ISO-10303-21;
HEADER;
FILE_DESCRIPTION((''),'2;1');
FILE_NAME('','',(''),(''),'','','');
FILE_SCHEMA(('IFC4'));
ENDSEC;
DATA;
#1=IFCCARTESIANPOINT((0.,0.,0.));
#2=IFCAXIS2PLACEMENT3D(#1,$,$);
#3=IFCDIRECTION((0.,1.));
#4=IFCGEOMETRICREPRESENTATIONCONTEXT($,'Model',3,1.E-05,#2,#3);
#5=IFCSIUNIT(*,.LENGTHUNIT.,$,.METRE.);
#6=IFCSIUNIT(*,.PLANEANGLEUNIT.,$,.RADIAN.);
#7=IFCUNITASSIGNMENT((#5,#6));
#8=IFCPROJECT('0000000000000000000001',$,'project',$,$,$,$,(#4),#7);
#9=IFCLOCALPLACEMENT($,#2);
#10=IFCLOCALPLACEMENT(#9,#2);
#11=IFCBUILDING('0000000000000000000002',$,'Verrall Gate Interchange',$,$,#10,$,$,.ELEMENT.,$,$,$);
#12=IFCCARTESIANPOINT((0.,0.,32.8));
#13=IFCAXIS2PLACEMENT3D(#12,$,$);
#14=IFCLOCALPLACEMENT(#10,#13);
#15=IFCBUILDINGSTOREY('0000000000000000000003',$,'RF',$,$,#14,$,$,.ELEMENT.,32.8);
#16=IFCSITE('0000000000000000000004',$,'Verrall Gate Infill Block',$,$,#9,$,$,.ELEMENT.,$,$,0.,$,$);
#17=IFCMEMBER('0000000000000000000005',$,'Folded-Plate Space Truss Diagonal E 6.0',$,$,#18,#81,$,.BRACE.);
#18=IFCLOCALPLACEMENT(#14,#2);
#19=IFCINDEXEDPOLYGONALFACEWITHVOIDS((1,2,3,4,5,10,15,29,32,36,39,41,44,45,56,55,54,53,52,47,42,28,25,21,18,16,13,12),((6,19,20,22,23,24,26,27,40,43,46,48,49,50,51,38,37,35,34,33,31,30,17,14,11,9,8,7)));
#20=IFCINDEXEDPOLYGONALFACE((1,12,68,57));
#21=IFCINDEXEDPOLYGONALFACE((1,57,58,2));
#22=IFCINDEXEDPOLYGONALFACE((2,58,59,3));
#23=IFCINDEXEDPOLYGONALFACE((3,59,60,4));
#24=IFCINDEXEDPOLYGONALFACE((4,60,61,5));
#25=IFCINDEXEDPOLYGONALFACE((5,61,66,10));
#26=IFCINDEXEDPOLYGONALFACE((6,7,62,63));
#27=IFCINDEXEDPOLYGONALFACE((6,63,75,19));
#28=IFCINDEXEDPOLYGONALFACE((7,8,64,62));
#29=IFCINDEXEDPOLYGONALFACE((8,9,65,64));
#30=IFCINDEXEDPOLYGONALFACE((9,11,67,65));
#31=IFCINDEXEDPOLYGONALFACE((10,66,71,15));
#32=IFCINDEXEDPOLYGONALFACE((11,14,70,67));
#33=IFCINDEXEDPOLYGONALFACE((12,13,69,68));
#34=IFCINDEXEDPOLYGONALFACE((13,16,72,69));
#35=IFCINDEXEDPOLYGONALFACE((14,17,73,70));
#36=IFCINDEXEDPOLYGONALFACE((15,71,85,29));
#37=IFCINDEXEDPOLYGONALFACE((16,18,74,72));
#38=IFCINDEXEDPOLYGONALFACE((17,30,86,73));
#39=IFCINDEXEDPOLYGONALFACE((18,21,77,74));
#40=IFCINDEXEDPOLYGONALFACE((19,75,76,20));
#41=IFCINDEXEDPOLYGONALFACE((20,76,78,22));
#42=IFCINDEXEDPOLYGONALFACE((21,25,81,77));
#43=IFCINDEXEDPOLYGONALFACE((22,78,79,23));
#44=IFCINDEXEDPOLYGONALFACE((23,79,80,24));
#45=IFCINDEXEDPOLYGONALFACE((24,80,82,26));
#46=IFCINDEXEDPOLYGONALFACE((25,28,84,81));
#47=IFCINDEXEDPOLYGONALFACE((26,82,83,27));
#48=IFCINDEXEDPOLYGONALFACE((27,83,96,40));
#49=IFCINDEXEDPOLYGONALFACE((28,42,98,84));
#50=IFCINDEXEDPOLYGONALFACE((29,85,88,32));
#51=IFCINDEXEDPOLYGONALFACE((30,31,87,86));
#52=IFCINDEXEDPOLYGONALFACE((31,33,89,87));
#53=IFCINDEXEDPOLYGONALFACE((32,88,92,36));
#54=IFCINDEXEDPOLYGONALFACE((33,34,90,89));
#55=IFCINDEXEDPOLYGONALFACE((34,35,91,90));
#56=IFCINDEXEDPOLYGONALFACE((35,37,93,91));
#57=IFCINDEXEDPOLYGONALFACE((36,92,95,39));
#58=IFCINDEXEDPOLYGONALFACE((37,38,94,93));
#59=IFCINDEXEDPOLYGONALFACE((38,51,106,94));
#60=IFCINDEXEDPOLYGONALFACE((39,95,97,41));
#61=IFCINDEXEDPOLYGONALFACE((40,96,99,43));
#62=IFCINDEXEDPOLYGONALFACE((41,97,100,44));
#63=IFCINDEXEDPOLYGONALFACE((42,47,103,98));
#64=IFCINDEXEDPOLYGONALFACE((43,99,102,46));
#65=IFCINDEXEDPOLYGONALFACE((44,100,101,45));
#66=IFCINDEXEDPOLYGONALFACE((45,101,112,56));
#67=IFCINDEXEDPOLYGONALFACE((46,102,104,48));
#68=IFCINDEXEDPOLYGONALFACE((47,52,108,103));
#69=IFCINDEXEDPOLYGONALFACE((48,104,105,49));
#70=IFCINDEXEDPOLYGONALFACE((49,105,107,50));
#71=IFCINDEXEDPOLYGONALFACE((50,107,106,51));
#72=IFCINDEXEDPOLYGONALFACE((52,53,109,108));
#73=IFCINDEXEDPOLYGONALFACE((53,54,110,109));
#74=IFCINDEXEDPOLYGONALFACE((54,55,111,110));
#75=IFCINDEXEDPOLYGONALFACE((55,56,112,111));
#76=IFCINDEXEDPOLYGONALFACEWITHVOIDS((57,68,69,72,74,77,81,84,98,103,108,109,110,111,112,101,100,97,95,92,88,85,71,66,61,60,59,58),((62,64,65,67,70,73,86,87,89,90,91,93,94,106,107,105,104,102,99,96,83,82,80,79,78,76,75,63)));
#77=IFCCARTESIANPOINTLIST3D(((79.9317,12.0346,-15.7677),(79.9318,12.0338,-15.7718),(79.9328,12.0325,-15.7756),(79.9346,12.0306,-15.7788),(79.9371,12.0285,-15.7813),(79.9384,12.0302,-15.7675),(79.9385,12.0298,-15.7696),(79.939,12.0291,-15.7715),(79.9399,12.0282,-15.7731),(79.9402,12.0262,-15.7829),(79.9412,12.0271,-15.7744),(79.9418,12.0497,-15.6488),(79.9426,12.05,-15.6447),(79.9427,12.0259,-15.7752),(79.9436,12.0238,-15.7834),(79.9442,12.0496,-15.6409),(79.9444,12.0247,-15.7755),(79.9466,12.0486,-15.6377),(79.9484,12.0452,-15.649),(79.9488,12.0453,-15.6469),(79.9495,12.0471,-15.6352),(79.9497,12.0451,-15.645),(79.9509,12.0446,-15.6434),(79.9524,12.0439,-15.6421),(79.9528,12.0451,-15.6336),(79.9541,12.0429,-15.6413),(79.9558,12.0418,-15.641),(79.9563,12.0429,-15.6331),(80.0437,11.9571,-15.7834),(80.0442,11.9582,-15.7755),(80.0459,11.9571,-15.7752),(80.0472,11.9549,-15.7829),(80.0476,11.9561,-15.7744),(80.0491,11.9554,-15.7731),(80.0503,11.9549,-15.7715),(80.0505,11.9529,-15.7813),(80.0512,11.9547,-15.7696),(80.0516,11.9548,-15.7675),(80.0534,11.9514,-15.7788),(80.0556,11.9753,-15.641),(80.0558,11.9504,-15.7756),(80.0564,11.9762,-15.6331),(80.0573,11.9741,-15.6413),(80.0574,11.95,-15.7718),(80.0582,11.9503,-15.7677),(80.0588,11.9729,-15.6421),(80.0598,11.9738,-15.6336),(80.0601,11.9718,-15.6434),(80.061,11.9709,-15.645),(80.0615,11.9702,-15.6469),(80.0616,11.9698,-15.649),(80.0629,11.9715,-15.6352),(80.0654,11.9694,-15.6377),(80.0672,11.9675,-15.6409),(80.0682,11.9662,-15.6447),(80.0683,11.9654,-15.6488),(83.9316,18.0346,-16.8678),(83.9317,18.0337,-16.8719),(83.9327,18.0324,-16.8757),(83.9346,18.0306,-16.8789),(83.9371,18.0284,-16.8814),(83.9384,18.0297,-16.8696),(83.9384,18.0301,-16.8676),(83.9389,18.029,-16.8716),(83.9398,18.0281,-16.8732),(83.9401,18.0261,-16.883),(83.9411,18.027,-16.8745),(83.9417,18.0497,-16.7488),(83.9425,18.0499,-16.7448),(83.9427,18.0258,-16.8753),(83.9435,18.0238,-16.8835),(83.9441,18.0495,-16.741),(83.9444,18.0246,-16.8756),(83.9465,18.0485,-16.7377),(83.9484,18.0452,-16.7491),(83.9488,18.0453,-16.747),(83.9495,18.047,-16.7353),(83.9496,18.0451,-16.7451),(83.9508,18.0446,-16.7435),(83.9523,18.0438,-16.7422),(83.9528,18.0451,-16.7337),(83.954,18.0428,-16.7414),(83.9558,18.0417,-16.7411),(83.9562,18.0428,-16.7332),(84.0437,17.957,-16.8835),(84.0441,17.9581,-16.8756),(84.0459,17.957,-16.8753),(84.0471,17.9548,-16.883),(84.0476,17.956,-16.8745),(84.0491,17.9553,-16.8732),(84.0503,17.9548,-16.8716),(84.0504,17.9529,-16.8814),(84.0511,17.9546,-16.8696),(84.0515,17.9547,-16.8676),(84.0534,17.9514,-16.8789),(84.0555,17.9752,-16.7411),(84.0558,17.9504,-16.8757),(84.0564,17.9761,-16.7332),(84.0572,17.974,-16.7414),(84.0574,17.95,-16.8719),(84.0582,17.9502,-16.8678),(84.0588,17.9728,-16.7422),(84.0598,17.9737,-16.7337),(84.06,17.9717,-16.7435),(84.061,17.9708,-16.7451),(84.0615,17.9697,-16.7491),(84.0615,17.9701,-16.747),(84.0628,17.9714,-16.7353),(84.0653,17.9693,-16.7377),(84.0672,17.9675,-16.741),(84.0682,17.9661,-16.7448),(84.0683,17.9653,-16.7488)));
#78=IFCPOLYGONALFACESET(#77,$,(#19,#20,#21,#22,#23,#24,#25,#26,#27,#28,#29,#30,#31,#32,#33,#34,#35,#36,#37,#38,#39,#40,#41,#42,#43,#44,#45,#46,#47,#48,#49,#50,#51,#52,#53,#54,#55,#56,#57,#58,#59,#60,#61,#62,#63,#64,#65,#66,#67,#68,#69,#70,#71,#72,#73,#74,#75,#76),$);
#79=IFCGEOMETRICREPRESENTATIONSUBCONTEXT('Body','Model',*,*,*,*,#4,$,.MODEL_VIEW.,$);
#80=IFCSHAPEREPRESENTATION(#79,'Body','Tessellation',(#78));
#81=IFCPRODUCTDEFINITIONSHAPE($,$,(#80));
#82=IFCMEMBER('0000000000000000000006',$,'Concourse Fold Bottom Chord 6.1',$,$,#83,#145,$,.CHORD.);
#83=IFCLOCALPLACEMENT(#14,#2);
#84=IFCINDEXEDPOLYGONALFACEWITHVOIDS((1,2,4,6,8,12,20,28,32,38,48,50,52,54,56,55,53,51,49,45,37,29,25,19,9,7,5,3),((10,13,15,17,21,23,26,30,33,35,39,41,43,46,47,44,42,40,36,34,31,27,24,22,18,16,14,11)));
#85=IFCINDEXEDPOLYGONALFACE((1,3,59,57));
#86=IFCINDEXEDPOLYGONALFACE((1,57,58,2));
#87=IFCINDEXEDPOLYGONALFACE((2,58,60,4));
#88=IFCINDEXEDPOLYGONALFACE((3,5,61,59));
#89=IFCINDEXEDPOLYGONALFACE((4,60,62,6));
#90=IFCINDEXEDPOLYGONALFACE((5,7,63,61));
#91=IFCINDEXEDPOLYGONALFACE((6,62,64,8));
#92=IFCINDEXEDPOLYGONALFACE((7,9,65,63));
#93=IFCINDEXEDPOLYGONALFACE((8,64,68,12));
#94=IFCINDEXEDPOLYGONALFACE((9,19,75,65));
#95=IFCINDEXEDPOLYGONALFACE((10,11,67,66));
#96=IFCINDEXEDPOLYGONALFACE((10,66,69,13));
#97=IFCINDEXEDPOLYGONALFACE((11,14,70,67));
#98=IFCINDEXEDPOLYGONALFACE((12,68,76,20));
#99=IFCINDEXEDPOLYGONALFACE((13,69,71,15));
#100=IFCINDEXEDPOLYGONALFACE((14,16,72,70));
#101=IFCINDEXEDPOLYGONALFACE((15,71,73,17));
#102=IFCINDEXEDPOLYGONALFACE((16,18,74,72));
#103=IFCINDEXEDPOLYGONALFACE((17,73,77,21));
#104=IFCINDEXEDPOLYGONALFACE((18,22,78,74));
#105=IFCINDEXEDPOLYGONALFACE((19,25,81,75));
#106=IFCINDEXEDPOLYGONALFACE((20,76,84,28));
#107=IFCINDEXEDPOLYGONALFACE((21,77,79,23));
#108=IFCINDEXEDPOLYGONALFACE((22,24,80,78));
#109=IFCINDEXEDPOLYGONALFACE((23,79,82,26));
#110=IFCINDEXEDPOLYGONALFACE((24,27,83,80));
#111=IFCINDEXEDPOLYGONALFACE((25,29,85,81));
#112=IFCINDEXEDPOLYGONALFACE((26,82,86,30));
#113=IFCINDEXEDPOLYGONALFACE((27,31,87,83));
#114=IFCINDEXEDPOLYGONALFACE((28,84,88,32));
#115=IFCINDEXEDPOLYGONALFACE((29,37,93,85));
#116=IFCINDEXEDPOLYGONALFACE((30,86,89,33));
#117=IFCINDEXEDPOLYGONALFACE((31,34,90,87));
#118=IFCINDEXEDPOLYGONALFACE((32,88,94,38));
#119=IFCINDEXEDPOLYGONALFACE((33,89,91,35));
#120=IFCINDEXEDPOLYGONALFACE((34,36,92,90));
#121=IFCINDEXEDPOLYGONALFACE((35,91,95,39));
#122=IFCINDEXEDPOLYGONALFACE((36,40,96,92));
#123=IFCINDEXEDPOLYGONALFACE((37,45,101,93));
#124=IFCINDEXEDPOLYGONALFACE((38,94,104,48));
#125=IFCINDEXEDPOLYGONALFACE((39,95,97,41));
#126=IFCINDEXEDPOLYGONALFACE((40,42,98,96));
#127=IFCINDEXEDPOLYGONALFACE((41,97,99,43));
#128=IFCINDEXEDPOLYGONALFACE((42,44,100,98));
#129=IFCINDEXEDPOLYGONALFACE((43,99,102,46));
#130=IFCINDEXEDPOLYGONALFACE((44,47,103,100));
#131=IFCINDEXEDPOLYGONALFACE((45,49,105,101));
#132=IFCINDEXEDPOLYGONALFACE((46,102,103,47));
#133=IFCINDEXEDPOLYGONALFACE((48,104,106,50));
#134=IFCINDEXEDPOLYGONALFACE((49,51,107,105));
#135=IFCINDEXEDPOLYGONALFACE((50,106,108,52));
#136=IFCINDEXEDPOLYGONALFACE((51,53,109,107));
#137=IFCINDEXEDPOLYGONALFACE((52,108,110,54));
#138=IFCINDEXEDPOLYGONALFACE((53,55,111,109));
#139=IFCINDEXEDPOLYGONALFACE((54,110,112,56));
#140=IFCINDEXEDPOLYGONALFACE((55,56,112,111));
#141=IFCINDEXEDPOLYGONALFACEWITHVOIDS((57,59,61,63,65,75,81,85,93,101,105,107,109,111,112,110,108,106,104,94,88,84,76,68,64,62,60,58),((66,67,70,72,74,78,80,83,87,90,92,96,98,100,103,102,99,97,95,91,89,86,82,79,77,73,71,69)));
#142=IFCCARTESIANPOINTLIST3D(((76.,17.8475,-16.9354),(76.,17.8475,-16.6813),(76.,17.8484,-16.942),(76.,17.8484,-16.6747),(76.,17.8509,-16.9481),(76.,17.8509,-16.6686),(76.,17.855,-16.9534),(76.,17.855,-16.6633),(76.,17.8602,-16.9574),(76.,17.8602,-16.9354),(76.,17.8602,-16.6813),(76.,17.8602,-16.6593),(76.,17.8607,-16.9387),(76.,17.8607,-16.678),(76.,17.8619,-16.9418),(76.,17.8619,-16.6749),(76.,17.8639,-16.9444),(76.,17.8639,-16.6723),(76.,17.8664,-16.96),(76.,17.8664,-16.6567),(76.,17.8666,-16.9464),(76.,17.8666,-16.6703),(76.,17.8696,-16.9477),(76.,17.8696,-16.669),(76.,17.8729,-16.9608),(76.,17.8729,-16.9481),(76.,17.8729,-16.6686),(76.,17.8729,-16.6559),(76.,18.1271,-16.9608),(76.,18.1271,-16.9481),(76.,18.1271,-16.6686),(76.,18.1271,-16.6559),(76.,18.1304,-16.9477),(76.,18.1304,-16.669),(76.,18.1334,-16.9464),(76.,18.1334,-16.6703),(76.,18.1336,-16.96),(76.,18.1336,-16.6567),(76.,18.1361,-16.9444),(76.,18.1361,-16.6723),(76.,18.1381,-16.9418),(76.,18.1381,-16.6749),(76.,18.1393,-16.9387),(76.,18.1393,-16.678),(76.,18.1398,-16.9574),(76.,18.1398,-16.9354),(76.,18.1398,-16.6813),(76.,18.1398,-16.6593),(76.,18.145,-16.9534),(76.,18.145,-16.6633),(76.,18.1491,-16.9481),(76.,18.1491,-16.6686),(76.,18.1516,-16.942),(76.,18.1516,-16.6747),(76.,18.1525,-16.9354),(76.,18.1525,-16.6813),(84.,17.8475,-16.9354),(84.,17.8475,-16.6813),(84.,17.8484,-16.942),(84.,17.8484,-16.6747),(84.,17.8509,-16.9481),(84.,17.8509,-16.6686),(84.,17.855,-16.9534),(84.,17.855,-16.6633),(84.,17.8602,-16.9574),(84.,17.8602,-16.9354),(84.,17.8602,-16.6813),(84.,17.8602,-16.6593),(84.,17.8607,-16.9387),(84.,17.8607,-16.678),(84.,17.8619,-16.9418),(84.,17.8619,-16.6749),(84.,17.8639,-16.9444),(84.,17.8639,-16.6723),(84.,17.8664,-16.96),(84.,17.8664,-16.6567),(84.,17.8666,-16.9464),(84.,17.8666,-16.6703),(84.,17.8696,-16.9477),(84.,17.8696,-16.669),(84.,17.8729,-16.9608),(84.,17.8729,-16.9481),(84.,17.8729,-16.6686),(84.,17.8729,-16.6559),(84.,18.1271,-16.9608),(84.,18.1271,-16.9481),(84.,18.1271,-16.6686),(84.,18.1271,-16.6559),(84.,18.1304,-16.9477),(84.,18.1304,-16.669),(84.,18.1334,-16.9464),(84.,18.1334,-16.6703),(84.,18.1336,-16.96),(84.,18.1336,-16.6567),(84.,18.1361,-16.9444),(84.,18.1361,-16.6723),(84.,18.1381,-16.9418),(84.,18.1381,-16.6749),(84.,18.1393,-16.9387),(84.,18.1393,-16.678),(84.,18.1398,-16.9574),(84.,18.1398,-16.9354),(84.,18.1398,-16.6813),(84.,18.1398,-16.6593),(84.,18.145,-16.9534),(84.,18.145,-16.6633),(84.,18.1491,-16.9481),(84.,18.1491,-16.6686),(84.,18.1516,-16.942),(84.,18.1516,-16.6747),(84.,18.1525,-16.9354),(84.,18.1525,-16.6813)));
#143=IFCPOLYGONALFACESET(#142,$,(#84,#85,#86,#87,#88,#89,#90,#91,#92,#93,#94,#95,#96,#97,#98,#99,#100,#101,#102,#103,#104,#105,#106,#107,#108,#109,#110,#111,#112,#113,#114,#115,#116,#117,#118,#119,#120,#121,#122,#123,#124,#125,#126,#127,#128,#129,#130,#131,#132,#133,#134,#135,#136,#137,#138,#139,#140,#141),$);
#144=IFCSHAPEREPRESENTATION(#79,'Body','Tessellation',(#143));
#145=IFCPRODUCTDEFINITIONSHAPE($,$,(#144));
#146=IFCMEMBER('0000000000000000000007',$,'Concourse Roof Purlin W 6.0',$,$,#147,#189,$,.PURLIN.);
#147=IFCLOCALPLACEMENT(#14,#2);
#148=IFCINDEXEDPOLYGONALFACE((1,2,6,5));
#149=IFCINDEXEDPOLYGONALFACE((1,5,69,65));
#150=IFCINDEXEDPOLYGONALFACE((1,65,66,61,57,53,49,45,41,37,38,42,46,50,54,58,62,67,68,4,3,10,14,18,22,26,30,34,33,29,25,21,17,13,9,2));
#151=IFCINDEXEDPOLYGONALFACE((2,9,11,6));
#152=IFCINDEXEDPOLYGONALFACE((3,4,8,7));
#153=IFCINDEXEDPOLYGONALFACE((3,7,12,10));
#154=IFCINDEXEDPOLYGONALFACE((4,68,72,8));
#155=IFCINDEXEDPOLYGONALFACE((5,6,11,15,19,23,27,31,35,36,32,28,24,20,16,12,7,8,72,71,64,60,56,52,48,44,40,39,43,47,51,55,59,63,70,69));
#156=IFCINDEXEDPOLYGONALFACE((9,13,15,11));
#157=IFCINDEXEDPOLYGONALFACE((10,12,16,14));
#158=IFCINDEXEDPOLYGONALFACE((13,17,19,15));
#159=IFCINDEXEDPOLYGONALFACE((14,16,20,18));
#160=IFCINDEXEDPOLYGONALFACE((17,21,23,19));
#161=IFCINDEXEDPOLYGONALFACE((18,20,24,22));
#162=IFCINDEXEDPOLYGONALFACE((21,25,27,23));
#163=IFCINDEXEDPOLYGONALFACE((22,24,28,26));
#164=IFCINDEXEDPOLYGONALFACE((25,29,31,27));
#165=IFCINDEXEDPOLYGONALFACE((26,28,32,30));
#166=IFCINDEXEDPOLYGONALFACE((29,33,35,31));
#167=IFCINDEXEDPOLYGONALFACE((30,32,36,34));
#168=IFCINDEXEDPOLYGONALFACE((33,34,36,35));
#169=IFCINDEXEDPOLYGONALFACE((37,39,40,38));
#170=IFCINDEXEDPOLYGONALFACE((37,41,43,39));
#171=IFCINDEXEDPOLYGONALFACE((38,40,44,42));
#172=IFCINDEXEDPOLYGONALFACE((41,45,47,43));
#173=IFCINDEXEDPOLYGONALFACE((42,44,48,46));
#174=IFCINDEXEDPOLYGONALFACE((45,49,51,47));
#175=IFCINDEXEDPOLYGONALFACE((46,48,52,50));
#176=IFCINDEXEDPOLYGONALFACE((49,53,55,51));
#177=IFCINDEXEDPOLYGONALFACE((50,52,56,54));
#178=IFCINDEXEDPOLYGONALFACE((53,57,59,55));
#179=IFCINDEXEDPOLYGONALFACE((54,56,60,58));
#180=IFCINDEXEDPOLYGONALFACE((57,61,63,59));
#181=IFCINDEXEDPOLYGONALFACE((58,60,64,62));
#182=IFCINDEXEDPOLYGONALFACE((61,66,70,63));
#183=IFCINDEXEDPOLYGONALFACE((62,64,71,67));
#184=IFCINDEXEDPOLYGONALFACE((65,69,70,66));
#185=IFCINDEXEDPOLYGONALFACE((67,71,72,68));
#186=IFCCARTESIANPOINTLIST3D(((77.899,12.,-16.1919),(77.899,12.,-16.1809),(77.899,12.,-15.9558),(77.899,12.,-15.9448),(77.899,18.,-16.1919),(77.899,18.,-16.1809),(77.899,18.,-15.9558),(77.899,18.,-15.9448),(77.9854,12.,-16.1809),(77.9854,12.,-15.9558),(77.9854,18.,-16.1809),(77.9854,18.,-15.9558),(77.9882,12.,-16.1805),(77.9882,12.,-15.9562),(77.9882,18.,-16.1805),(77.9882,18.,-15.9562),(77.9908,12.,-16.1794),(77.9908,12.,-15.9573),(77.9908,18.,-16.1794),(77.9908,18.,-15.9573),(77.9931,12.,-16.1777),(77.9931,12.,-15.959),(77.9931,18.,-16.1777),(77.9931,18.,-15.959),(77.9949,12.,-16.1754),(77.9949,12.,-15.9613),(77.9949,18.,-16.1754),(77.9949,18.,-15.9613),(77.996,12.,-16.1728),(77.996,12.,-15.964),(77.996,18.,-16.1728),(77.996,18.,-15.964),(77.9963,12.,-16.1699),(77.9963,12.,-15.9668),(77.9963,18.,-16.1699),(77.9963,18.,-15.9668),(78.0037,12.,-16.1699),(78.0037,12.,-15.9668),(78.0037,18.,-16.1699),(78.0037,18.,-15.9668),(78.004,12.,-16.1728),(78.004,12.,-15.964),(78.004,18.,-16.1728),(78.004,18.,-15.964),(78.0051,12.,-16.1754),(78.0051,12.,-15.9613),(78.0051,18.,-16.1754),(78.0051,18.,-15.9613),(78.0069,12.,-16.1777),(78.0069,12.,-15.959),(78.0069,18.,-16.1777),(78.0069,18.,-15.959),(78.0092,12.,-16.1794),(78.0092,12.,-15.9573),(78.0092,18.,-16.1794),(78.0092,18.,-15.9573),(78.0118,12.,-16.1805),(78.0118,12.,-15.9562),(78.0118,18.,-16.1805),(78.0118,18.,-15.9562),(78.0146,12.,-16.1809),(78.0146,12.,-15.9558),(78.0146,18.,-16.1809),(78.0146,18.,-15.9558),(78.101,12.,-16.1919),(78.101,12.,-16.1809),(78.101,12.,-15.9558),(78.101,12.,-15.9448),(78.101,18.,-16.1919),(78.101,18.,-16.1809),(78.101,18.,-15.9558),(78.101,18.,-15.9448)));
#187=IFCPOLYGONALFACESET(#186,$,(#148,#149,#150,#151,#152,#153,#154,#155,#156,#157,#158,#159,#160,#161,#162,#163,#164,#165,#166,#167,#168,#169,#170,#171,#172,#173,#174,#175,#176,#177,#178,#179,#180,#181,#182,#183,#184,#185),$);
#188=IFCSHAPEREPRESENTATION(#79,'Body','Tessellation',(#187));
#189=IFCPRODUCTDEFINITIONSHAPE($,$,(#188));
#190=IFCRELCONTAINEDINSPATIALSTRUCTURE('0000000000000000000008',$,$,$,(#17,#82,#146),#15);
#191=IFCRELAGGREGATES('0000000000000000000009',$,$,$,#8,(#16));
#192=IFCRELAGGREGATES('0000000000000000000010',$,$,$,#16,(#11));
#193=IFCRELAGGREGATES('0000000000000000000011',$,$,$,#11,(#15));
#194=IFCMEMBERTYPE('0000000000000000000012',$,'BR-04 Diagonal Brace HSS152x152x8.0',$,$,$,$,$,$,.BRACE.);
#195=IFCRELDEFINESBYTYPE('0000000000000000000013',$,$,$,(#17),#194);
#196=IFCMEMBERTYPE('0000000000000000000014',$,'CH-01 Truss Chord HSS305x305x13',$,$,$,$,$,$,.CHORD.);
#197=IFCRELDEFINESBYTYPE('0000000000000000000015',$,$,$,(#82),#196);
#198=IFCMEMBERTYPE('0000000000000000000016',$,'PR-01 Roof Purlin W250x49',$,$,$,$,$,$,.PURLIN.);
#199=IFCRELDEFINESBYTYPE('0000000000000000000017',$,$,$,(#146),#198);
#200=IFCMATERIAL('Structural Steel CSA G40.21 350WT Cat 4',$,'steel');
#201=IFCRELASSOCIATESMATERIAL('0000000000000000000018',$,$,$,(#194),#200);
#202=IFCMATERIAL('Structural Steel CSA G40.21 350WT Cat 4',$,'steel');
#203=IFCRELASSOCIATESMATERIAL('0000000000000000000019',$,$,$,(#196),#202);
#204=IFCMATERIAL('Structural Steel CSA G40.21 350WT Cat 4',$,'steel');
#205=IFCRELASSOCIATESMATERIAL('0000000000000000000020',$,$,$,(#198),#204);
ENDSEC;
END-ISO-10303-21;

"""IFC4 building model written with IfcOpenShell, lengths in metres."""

from ifc_helpers import new_model, si_unit, direction, frame, origin, origin_2d, place, context, subcontext, project, spatial, hollow_rectangle, i_section, extrude, material, material_profile, profile_set, type_object, element, save


model = new_model("IFC4")

# Units and contexts
model_context = context("Model", 3, precision=1e-05, world=origin(), true_north=direction((0.0, 1.0)))
body_context = subcontext(model_context, "Body", "Model", "MODEL_VIEW")
ifc_project = project(units=[si_unit("LENGTHUNIT", "METRE"), si_unit("PLANEANGLEUNIT", "RADIAN")], contexts=[model_context])

# Site, building, storey
site_placement = place(None, origin())
site = spatial("IfcSite", under=ifc_project, at=site_placement, Name="Verrall Gate Infill Block", CompositionType="ELEMENT", RefElevation=0.0)
building_placement = place(site_placement, origin())
building = spatial("IfcBuilding", under=site, at=building_placement, Name="Verrall Gate Interchange", CompositionType="ELEMENT")
storey_placement = place(building_placement, frame((0.0, 0.0, 32.8)))
storey = spatial("IfcBuildingStorey", under=building, at=storey_placement, Name="RF", CompositionType="ELEMENT", Elevation=32.8)

# Members
ifc_material_1 = material(Name="Structural Steel CSA G40.21 350WT Cat 4", Category="steel")
ifc_material_profile_1 = material_profile(ifc_material_1, hollow_rectangle(XDim=0.1521, YDim=0.1521, WallThickness=0.0081, InnerFilletRadius=0.0081, OuterFilletRadius=0.0159, at=origin_2d()), Name="HSS152x152x8.0")
ifc_profile_set_1 = profile_set([ifc_material_profile_1], Name="Structural Steel CSA G40.21 350WT Cat 4")
member_type_1 = type_object("IfcMemberType", Name="BR-04 Diagonal Brace HSS152x152x8.0", PredefinedType="BRACE", material=ifc_profile_set_1)
member_1_placement = place(storey_placement, frame((80.0, 12.0, -15.7083), z_axis=(0.548356, 0.822534, -0.150811), x_axis=(-0.83205, 0.5547, 0.0)))
element("IfcMember", 1, at=member_1_placement, inside=storey, type_object=member_type_1, Name="Folded-Plate Space Truss Diagonal E 6.0", PredefinedType="BRACE", context=body_context, shape_type="SweptSolid", body=[
    extrude(hollow_rectangle(XDim=0.1521, YDim=0.1521, WallThickness=0.0081, InnerFilletRadius=0.0081, OuterFilletRadius=0.0159, at=origin_2d()), origin(), (0.0, 0.0, 1.0), 7.2944),
])
ifc_material_2 = material(Name="Structural Steel CSA G40.21 350WT Cat 4", Category="steel")
ifc_material_profile_2 = material_profile(ifc_material_2, hollow_rectangle(XDim=0.3049, YDim=0.3049, WallThickness=0.0127, InnerFilletRadius=0.0127, OuterFilletRadius=0.0254, at=origin_2d()), Name="HSS305x305x13")
ifc_profile_set_2 = profile_set([ifc_material_profile_2], Name="Structural Steel CSA G40.21 350WT Cat 4")
member_type_2 = type_object("IfcMemberType", Name="CH-01 Truss Chord HSS305x305x13", PredefinedType="CHORD", material=ifc_profile_set_2)
member_2_placement = place(storey_placement, frame((76.0, 18.0, -16.8083), z_axis=(1.0, 0.0, 0.0), x_axis=(0.0, 1.0, 0.0)))
element("IfcMember", 2, at=member_2_placement, inside=storey, type_object=member_type_2, Name="Concourse Fold Bottom Chord 6.1", PredefinedType="CHORD", context=body_context, shape_type="SweptSolid", body=[
    extrude(hollow_rectangle(XDim=0.3049, YDim=0.3049, WallThickness=0.0127, InnerFilletRadius=0.0127, OuterFilletRadius=0.0254, at=origin_2d()), origin(), (0.0, 0.0, 1.0), 8.0),
])
ifc_material_3 = material(Name="Structural Steel CSA G40.21 350WT Cat 4", Category="steel")
ifc_material_profile_3 = material_profile(ifc_material_3, i_section(OverallWidth=0.2019, OverallDepth=0.2471, WebThickness=0.0073, FlangeThickness=0.011, FilletRadius=0.011, at=origin_2d()), Name="W250x49")
ifc_profile_set_3 = profile_set([ifc_material_profile_3], Name="Structural Steel CSA G40.21 350WT Cat 4")
member_type_3 = type_object("IfcMemberType", Name="PR-01 Roof Purlin W250x49", PredefinedType="PURLIN", material=ifc_profile_set_3)
for number, where, z_axis, x_axis, name in (
    (3, (78.0, 12.0, -16.0684), (0.0, 1.0, 0.0), (-1.0, 0.0, 0.0), "Concourse Roof Purlin W 6.0"),
):
    element("IfcMember", number, at=place(storey_placement, frame(where, z_axis=z_axis, x_axis=x_axis)), inside=storey, type_object=member_type_3, Name=name, PredefinedType="PURLIN", context=body_context, shape_type="SweptSolid", body=[
        extrude(i_section(OverallWidth=0.2019, OverallDepth=0.2471, WebThickness=0.0073, FlangeThickness=0.011, FilletRadius=0.011, at=origin_2d()), origin(), (0.0, 0.0, 1.0), 6.0),
    ])

save(model, "model.ifc")
